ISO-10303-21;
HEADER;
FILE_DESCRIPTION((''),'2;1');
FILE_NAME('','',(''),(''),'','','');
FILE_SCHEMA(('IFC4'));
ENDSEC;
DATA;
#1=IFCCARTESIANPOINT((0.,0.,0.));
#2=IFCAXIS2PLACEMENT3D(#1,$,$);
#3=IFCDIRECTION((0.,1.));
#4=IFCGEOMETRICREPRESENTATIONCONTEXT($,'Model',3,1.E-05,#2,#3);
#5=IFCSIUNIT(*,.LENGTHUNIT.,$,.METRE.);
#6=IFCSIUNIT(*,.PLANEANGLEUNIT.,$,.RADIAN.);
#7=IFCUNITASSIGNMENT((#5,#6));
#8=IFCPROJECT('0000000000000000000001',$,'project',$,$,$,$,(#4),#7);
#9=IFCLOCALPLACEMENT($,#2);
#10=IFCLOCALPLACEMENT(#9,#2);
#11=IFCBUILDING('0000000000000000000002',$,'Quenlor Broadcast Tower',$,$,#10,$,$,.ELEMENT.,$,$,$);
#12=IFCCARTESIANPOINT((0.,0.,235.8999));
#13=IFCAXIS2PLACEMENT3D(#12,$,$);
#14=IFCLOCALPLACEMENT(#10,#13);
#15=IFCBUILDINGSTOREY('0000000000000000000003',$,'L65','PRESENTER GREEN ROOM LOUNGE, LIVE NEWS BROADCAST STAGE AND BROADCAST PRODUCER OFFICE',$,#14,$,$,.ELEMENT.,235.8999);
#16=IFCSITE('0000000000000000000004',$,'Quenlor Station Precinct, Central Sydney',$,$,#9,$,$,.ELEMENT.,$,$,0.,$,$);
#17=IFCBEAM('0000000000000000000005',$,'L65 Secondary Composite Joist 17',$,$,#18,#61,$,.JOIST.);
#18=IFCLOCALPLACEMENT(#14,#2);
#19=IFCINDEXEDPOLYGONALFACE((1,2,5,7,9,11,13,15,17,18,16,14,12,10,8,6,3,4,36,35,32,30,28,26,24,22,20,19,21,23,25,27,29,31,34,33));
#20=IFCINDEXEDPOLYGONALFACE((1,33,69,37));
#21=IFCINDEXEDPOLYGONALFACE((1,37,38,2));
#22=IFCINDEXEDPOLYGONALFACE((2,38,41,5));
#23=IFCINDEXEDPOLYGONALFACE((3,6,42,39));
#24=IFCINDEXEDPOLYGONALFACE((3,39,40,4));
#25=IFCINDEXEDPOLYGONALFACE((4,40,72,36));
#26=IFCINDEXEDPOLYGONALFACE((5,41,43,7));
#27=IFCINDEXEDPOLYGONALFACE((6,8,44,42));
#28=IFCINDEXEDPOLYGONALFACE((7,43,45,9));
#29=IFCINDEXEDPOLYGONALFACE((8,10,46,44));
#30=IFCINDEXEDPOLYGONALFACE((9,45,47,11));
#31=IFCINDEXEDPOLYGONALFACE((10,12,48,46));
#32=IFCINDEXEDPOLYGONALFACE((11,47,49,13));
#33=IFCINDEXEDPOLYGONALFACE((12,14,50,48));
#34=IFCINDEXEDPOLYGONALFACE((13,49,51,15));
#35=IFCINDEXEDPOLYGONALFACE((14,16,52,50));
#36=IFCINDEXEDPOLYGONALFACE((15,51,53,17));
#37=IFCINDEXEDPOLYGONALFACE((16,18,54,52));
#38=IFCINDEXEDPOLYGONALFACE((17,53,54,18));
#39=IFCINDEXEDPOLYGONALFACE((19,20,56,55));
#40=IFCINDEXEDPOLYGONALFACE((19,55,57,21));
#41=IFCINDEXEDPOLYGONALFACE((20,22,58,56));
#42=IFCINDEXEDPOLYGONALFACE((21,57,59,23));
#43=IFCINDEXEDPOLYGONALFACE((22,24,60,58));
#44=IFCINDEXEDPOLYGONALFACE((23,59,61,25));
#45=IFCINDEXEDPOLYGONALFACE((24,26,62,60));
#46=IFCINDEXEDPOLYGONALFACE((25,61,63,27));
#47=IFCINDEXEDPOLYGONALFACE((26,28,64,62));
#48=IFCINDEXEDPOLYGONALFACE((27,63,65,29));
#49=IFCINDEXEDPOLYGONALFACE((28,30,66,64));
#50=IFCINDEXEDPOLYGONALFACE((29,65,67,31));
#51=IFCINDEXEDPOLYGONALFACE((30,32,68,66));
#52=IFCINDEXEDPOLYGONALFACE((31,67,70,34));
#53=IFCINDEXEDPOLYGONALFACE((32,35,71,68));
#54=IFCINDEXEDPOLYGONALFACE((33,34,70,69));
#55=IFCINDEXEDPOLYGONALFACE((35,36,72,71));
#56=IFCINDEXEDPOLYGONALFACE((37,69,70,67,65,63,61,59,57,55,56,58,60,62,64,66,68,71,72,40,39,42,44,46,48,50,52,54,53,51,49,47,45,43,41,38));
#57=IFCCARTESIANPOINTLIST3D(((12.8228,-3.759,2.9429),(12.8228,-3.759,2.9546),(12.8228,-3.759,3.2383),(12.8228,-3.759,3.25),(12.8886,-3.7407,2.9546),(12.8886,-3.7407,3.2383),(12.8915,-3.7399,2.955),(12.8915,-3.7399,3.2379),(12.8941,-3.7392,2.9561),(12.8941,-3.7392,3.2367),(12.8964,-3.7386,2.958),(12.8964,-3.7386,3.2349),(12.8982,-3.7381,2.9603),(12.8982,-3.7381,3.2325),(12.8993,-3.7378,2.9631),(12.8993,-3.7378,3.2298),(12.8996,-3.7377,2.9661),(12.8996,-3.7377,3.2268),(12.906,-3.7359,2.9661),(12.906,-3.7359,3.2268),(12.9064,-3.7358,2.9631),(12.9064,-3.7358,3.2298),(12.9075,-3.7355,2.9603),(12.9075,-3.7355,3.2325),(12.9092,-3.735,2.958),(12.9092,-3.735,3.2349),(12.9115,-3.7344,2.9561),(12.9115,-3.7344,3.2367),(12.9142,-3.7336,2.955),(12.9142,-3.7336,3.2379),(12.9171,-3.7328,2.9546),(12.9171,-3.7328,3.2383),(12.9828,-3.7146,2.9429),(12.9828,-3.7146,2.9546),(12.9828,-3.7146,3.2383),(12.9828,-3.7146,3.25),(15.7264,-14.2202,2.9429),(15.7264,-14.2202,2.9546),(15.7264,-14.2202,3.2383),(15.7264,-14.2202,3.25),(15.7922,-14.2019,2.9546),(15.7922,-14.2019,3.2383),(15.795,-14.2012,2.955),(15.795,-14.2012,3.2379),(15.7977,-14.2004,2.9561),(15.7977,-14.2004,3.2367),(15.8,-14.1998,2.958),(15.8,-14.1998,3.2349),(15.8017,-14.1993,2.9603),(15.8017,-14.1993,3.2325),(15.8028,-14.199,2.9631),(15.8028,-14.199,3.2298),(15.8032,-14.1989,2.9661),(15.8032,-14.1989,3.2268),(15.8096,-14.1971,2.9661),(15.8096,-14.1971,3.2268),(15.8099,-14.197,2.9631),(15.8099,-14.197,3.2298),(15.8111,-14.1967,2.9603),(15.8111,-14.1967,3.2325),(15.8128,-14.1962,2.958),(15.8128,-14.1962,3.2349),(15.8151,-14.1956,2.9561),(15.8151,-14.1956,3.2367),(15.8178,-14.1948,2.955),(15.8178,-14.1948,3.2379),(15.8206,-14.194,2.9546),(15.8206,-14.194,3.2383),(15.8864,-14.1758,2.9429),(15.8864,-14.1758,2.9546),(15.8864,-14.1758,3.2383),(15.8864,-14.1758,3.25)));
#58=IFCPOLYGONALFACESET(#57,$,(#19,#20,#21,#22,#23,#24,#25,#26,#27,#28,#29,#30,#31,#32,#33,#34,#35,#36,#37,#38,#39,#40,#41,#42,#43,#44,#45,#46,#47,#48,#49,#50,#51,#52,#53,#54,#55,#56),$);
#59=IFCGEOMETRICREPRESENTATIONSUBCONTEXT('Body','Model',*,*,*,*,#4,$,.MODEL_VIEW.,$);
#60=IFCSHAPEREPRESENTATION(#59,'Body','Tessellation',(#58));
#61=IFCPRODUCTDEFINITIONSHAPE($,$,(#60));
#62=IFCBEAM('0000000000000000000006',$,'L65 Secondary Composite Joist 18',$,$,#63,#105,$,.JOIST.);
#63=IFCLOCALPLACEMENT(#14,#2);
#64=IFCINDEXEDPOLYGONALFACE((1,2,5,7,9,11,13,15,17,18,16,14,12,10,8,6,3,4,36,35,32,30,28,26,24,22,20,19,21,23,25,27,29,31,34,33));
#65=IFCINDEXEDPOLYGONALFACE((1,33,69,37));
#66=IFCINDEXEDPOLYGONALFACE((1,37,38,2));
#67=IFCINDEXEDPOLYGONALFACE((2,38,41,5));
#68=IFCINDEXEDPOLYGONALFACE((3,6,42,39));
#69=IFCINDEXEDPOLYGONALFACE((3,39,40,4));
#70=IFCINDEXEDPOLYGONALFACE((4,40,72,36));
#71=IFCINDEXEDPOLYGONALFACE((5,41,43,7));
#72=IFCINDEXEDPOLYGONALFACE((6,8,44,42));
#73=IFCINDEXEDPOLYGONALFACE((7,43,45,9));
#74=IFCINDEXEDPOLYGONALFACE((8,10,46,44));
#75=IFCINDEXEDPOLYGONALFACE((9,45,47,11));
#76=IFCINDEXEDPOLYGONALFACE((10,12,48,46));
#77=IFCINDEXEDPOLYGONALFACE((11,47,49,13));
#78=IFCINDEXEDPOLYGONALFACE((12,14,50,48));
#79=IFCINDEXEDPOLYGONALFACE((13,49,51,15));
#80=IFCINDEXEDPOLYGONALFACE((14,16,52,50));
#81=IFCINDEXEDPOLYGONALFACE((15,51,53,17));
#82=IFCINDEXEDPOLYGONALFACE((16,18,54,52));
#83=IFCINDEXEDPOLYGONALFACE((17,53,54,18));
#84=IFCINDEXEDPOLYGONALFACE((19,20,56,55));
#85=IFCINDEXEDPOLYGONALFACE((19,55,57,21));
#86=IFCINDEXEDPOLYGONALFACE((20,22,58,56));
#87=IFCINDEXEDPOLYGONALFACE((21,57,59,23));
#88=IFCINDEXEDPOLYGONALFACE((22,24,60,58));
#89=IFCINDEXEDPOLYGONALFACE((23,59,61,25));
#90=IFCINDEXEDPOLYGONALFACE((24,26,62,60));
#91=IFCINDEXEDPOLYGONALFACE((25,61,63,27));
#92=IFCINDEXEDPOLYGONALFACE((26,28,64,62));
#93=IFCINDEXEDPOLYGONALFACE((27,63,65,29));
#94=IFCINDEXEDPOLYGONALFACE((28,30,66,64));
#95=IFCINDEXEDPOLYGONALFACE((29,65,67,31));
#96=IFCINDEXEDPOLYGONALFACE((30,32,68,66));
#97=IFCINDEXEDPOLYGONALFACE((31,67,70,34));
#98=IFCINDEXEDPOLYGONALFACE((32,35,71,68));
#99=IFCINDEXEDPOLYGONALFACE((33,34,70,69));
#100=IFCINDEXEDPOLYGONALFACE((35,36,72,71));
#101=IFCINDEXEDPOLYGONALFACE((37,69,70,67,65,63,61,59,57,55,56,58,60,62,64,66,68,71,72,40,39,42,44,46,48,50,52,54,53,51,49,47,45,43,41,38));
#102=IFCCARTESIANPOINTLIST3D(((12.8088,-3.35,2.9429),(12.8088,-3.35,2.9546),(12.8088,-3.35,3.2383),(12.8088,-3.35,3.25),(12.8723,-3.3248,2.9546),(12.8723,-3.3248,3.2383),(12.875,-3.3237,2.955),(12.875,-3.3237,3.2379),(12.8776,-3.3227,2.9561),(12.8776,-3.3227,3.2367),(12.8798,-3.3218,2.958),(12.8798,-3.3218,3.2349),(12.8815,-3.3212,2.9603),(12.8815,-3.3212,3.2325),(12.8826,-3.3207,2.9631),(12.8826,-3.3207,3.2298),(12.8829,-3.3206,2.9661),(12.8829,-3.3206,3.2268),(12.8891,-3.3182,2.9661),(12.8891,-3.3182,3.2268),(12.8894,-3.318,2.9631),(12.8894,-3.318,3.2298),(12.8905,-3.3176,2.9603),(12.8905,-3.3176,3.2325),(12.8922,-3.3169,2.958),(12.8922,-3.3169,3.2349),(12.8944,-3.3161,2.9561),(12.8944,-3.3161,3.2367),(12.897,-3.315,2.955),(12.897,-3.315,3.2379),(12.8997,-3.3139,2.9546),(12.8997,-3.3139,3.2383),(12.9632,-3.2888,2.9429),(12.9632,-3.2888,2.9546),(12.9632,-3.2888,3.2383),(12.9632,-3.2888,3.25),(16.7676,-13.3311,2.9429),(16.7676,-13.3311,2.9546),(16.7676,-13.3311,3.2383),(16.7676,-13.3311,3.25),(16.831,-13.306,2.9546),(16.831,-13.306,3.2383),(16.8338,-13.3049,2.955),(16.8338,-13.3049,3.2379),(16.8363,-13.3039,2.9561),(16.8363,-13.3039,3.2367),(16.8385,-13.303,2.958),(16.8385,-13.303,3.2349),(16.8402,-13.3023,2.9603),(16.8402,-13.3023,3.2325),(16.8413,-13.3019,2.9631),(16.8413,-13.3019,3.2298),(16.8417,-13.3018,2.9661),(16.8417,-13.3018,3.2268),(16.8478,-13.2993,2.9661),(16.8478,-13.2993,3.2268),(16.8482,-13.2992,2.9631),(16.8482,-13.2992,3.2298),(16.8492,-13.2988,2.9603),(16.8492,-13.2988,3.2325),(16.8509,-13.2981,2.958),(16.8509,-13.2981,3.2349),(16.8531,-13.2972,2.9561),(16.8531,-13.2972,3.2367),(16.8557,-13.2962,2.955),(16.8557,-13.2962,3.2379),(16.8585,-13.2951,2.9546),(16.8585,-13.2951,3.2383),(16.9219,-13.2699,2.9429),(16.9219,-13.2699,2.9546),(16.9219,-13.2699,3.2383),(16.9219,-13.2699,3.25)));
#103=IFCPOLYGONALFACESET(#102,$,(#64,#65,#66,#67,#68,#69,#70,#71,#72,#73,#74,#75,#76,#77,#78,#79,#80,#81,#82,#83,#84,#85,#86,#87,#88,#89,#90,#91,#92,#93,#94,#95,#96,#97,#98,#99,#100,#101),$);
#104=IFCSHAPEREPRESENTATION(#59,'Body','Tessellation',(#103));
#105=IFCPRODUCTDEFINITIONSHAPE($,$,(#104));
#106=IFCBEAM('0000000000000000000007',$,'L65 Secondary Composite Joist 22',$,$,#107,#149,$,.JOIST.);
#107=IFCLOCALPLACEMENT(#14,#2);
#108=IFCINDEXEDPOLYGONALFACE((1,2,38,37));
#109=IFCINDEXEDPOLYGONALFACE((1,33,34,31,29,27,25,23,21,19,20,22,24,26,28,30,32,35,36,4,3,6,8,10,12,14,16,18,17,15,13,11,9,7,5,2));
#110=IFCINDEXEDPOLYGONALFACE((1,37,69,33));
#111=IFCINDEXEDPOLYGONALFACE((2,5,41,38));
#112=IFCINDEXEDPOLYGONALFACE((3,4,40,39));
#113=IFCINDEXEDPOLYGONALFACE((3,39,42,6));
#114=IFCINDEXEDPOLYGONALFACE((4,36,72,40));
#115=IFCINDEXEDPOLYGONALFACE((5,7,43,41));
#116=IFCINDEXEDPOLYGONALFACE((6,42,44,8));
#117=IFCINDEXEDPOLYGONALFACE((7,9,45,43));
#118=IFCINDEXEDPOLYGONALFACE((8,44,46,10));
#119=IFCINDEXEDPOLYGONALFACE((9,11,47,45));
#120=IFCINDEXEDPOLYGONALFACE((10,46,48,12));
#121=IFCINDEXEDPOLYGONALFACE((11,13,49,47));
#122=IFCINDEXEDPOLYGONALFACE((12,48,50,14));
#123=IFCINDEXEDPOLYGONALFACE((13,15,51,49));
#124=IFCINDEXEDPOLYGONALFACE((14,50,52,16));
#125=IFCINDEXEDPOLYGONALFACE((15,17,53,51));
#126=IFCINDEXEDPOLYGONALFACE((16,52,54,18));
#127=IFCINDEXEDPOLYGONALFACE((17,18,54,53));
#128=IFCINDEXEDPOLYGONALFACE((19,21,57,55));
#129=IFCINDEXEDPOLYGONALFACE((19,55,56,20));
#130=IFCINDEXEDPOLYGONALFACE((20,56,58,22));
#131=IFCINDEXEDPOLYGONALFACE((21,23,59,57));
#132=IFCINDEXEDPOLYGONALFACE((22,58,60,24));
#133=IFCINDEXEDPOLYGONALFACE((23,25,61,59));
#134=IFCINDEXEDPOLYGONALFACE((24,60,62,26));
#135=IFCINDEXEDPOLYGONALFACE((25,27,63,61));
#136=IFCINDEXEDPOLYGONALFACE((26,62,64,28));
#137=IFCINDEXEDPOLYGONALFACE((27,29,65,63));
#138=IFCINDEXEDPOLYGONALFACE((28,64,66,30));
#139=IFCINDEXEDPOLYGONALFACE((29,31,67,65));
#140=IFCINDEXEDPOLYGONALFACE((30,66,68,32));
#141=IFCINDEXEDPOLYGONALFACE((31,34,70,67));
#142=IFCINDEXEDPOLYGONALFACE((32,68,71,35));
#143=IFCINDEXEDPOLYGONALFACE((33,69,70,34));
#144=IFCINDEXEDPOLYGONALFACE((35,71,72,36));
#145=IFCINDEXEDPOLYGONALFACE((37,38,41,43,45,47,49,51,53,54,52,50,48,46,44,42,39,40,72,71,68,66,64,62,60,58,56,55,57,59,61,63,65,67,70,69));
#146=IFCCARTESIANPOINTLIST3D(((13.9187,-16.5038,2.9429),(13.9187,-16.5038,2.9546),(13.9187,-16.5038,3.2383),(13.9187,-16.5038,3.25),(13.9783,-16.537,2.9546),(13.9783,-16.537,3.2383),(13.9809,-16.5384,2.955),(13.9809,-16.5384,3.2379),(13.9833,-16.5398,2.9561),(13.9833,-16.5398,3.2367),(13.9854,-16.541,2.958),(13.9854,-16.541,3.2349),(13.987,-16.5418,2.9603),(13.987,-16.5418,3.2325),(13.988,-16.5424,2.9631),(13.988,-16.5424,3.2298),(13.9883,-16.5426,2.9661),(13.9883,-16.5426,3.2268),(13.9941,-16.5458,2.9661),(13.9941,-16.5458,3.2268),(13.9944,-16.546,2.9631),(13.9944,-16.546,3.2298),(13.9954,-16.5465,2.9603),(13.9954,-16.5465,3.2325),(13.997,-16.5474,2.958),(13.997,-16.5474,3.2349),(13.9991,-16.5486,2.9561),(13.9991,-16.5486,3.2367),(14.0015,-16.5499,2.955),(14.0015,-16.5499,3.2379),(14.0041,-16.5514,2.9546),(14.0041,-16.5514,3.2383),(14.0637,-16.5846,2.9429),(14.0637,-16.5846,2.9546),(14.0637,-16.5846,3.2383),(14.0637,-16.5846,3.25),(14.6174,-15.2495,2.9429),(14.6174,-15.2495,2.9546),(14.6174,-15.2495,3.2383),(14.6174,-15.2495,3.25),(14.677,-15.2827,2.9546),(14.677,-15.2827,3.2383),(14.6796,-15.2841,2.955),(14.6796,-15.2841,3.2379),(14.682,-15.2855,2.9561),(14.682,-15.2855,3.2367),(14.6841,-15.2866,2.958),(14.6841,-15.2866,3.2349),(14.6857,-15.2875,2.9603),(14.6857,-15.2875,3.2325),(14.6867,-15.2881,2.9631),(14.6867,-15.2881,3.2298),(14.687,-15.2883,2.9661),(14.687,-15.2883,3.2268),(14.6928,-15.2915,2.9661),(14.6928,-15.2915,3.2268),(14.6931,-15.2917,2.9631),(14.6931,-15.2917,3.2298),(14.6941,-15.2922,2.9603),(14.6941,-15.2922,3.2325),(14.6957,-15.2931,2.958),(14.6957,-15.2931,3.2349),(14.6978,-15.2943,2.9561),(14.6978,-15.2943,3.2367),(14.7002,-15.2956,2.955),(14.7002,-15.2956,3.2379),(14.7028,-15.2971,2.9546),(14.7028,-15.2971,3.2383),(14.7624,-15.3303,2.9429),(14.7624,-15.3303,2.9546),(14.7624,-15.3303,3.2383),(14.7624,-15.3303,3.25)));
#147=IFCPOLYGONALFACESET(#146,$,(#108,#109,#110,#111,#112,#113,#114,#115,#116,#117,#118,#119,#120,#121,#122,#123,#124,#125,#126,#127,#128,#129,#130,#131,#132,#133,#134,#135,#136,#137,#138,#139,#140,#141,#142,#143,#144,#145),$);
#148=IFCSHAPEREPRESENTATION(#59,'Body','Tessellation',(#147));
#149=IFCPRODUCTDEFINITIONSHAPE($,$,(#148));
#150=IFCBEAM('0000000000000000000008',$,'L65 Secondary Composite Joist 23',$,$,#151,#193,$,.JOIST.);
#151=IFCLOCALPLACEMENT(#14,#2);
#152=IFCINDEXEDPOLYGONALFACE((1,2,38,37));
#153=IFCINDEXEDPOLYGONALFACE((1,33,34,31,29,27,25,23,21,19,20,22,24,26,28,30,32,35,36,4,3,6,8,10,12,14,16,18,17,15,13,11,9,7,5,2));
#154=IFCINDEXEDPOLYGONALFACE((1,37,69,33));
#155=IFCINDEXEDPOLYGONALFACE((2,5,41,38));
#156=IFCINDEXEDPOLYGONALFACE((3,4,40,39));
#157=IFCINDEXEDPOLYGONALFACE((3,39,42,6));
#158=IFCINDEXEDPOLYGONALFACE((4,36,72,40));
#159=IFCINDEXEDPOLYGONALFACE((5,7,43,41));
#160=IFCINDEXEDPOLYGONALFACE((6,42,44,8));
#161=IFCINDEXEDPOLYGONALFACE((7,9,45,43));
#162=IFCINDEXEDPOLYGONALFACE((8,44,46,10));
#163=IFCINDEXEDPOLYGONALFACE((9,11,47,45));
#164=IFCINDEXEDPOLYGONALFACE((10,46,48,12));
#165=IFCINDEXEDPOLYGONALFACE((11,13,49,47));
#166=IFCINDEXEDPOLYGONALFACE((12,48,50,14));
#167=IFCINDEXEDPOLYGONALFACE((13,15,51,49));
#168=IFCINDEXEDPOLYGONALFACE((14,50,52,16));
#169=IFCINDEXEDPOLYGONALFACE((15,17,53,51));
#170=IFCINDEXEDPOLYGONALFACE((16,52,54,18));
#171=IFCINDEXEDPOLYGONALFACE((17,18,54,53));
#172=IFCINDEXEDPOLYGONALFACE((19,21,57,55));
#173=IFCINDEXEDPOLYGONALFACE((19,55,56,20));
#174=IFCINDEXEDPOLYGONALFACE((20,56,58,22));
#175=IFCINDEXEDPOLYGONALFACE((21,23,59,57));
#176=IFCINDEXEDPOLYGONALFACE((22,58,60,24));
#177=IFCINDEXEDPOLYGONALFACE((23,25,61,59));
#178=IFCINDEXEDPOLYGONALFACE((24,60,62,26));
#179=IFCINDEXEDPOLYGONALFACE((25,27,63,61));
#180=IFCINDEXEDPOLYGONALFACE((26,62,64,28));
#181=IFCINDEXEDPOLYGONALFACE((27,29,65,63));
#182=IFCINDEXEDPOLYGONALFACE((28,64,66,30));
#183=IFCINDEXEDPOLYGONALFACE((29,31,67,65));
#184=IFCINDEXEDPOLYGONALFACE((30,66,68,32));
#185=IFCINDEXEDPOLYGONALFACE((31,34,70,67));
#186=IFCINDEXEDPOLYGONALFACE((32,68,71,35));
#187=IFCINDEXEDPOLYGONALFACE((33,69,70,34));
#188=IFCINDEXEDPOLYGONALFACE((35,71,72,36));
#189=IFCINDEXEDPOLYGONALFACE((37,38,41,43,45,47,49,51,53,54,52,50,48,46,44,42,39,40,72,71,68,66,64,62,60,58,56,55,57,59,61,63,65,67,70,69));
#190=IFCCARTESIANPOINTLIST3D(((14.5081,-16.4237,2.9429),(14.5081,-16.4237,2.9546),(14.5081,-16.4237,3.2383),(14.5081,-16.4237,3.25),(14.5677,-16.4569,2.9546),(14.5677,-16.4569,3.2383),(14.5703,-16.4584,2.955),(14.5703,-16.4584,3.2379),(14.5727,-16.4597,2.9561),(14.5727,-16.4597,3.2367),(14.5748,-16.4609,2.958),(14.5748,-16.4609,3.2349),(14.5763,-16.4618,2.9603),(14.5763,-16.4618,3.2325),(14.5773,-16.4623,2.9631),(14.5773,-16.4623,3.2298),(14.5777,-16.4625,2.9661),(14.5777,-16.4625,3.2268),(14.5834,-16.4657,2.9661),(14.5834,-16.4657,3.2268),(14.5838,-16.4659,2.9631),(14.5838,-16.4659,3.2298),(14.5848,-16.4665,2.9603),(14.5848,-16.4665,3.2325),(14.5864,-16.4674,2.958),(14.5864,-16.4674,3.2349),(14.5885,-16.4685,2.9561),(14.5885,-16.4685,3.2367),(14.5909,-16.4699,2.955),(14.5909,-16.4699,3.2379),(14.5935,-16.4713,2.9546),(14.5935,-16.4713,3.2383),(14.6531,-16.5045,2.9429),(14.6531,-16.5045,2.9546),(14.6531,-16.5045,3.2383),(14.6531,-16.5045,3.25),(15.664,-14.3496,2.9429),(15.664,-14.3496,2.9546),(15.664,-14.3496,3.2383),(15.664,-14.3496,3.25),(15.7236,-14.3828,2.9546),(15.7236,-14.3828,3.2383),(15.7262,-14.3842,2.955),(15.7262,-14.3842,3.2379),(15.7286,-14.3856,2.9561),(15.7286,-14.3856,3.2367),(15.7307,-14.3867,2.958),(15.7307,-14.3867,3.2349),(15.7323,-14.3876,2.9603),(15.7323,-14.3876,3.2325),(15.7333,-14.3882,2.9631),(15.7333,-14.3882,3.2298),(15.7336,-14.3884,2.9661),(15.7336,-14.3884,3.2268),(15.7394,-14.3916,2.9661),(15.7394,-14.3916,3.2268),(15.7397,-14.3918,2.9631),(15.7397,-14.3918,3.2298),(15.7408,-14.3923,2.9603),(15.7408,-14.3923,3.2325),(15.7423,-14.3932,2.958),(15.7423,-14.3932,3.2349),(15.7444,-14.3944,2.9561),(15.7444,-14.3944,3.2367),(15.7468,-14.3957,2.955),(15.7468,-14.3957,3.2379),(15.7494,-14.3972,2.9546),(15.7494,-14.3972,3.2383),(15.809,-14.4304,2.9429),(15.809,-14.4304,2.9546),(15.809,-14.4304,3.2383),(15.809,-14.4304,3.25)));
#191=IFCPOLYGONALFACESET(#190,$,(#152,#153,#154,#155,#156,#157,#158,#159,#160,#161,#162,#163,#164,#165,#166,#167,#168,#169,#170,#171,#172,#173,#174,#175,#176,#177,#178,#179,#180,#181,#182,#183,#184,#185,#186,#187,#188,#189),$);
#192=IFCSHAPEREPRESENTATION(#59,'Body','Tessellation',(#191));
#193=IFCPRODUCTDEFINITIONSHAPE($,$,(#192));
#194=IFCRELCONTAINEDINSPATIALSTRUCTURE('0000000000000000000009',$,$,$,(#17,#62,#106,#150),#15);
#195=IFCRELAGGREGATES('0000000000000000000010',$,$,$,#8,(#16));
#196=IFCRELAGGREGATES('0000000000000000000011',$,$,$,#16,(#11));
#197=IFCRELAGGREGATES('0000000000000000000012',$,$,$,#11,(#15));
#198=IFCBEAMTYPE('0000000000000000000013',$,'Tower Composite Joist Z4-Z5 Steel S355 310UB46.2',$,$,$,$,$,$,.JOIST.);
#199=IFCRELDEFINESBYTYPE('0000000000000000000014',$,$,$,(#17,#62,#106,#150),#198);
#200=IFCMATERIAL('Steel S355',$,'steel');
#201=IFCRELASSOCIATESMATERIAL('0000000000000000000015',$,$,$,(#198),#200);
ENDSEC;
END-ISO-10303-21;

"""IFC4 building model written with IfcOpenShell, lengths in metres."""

from ifc_helpers import new_model, si_unit, direction, frame, origin, origin_2d, place, context, subcontext, project, spatial, i_section, extrude, material, material_profile, profile_set, type_object, element, save


model = new_model("IFC4")

# Units and contexts
model_context = context("Model", 3, precision=1e-05, world=origin(), true_north=direction((0.0, 1.0)))
body_context = subcontext(model_context, "Body", "Model", "MODEL_VIEW")
ifc_project = project(units=[si_unit("LENGTHUNIT", "METRE"), si_unit("PLANEANGLEUNIT", "RADIAN")], contexts=[model_context])

# Site, building, storey
site_placement = place(None, origin())
site = spatial("IfcSite", under=ifc_project, at=site_placement, Name="Quenlor Station Precinct, Central Sydney", CompositionType="ELEMENT", RefElevation=0.0)
building_placement = place(site_placement, origin())
building = spatial("IfcBuilding", under=site, at=building_placement, Name="Quenlor Broadcast Tower", CompositionType="ELEMENT")
storey_placement = place(building_placement, frame((0.0, 0.0, 235.8999)))
storey = spatial("IfcBuildingStorey", under=building, at=storey_placement, Name="L65", Description="PRESENTER GREEN ROOM LOUNGE, LIVE NEWS BROADCAST STAGE AND BROADCAST PRODUCER OFFICE", CompositionType="ELEMENT", Elevation=235.8999)

# Beams
ifc_material_1 = material(Name="Steel S355", Category="steel")
ifc_material_profile_1 = material_profile(ifc_material_1, i_section(OverallWidth=0.166, OverallDepth=0.3071, WebThickness=0.0066, FlangeThickness=0.0117, FilletRadius=0.0115, at=origin_2d()))
ifc_profile_set_1 = profile_set([ifc_material_profile_1], Name="Steel S355 310UB46.2")
beam_type_1 = type_object("IfcBeamType", Name="Tower Composite Joist Z4-Z5 Steel S355 310UB46.2", PredefinedType="JOIST", material=ifc_profile_set_1)
beam_1_placement = place(storey_placement, frame((15.8064, -14.198, 3.0964), z_axis=(-0.267446, 0.963573, 0.0), x_axis=(-0.963573, -0.267446, 0.0)))
element("IfcBeam", 1, at=beam_1_placement, inside=storey, type_object=beam_type_1, Name="L65 Secondary Composite Joist 17", PredefinedType="JOIST", context=body_context, shape_type="SweptSolid", body=[
    extrude(i_section(OverallWidth=0.166, OverallDepth=0.3071, WebThickness=0.0066, FlangeThickness=0.0117, FilletRadius=0.0115, at=origin_2d()), origin(), (0.0, 0.0, 1.0), 10.8567),
])
beam_2_placement = place(storey_placement, frame((16.8447, -13.3005, 3.0964), z_axis=(-0.36868, 0.929556, 0.0), x_axis=(-0.929556, -0.36868, 0.0)))
element("IfcBeam", 2, at=beam_2_placement, inside=storey, type_object=beam_type_1, Name="L65 Secondary Composite Joist 18", PredefinedType="JOIST", context=body_context, shape_type="SweptSolid", body=[
    extrude(i_section(OverallWidth=0.166, OverallDepth=0.3071, WebThickness=0.0066, FlangeThickness=0.0117, FilletRadius=0.0115, at=origin_2d()), origin(), (0.0, 0.0, 1.0), 10.7375),
])
beam_3_placement = place(storey_placement, frame((13.9912, -16.5442, 3.0964), z_axis=(0.486624, 0.873611, 0.0), x_axis=(-0.873611, 0.486624, 0.0)))
element("IfcBeam", 3, at=beam_3_placement, inside=storey, type_object=beam_type_1, Name="L65 Secondary Composite Joist 22", PredefinedType="JOIST", context=body_context, shape_type="SweptSolid", body=[
    extrude(i_section(OverallWidth=0.166, OverallDepth=0.3071, WebThickness=0.0066, FlangeThickness=0.0117, FilletRadius=0.0115, at=origin_2d()), origin(), (0.0, 0.0, 1.0), 1.4358),
])
beam_4_placement = place(storey_placement, frame((14.5806, -16.4641, 3.0964), z_axis=(0.486821, 0.873502, 0.0), x_axis=(-0.873502, 0.486821, 0.0)))
element("IfcBeam", 4, at=beam_4_placement, inside=storey, type_object=beam_type_1, Name="L65 Secondary Composite Joist 23", PredefinedType="JOIST", context=body_context, shape_type="SweptSolid", body=[
    extrude(i_section(OverallWidth=0.166, OverallDepth=0.3071, WebThickness=0.0066, FlangeThickness=0.0117, FilletRadius=0.0115, at=origin_2d()), origin(), (0.0, 0.0, 1.0), 2.3745),
])

save(model, "model.ifc")
